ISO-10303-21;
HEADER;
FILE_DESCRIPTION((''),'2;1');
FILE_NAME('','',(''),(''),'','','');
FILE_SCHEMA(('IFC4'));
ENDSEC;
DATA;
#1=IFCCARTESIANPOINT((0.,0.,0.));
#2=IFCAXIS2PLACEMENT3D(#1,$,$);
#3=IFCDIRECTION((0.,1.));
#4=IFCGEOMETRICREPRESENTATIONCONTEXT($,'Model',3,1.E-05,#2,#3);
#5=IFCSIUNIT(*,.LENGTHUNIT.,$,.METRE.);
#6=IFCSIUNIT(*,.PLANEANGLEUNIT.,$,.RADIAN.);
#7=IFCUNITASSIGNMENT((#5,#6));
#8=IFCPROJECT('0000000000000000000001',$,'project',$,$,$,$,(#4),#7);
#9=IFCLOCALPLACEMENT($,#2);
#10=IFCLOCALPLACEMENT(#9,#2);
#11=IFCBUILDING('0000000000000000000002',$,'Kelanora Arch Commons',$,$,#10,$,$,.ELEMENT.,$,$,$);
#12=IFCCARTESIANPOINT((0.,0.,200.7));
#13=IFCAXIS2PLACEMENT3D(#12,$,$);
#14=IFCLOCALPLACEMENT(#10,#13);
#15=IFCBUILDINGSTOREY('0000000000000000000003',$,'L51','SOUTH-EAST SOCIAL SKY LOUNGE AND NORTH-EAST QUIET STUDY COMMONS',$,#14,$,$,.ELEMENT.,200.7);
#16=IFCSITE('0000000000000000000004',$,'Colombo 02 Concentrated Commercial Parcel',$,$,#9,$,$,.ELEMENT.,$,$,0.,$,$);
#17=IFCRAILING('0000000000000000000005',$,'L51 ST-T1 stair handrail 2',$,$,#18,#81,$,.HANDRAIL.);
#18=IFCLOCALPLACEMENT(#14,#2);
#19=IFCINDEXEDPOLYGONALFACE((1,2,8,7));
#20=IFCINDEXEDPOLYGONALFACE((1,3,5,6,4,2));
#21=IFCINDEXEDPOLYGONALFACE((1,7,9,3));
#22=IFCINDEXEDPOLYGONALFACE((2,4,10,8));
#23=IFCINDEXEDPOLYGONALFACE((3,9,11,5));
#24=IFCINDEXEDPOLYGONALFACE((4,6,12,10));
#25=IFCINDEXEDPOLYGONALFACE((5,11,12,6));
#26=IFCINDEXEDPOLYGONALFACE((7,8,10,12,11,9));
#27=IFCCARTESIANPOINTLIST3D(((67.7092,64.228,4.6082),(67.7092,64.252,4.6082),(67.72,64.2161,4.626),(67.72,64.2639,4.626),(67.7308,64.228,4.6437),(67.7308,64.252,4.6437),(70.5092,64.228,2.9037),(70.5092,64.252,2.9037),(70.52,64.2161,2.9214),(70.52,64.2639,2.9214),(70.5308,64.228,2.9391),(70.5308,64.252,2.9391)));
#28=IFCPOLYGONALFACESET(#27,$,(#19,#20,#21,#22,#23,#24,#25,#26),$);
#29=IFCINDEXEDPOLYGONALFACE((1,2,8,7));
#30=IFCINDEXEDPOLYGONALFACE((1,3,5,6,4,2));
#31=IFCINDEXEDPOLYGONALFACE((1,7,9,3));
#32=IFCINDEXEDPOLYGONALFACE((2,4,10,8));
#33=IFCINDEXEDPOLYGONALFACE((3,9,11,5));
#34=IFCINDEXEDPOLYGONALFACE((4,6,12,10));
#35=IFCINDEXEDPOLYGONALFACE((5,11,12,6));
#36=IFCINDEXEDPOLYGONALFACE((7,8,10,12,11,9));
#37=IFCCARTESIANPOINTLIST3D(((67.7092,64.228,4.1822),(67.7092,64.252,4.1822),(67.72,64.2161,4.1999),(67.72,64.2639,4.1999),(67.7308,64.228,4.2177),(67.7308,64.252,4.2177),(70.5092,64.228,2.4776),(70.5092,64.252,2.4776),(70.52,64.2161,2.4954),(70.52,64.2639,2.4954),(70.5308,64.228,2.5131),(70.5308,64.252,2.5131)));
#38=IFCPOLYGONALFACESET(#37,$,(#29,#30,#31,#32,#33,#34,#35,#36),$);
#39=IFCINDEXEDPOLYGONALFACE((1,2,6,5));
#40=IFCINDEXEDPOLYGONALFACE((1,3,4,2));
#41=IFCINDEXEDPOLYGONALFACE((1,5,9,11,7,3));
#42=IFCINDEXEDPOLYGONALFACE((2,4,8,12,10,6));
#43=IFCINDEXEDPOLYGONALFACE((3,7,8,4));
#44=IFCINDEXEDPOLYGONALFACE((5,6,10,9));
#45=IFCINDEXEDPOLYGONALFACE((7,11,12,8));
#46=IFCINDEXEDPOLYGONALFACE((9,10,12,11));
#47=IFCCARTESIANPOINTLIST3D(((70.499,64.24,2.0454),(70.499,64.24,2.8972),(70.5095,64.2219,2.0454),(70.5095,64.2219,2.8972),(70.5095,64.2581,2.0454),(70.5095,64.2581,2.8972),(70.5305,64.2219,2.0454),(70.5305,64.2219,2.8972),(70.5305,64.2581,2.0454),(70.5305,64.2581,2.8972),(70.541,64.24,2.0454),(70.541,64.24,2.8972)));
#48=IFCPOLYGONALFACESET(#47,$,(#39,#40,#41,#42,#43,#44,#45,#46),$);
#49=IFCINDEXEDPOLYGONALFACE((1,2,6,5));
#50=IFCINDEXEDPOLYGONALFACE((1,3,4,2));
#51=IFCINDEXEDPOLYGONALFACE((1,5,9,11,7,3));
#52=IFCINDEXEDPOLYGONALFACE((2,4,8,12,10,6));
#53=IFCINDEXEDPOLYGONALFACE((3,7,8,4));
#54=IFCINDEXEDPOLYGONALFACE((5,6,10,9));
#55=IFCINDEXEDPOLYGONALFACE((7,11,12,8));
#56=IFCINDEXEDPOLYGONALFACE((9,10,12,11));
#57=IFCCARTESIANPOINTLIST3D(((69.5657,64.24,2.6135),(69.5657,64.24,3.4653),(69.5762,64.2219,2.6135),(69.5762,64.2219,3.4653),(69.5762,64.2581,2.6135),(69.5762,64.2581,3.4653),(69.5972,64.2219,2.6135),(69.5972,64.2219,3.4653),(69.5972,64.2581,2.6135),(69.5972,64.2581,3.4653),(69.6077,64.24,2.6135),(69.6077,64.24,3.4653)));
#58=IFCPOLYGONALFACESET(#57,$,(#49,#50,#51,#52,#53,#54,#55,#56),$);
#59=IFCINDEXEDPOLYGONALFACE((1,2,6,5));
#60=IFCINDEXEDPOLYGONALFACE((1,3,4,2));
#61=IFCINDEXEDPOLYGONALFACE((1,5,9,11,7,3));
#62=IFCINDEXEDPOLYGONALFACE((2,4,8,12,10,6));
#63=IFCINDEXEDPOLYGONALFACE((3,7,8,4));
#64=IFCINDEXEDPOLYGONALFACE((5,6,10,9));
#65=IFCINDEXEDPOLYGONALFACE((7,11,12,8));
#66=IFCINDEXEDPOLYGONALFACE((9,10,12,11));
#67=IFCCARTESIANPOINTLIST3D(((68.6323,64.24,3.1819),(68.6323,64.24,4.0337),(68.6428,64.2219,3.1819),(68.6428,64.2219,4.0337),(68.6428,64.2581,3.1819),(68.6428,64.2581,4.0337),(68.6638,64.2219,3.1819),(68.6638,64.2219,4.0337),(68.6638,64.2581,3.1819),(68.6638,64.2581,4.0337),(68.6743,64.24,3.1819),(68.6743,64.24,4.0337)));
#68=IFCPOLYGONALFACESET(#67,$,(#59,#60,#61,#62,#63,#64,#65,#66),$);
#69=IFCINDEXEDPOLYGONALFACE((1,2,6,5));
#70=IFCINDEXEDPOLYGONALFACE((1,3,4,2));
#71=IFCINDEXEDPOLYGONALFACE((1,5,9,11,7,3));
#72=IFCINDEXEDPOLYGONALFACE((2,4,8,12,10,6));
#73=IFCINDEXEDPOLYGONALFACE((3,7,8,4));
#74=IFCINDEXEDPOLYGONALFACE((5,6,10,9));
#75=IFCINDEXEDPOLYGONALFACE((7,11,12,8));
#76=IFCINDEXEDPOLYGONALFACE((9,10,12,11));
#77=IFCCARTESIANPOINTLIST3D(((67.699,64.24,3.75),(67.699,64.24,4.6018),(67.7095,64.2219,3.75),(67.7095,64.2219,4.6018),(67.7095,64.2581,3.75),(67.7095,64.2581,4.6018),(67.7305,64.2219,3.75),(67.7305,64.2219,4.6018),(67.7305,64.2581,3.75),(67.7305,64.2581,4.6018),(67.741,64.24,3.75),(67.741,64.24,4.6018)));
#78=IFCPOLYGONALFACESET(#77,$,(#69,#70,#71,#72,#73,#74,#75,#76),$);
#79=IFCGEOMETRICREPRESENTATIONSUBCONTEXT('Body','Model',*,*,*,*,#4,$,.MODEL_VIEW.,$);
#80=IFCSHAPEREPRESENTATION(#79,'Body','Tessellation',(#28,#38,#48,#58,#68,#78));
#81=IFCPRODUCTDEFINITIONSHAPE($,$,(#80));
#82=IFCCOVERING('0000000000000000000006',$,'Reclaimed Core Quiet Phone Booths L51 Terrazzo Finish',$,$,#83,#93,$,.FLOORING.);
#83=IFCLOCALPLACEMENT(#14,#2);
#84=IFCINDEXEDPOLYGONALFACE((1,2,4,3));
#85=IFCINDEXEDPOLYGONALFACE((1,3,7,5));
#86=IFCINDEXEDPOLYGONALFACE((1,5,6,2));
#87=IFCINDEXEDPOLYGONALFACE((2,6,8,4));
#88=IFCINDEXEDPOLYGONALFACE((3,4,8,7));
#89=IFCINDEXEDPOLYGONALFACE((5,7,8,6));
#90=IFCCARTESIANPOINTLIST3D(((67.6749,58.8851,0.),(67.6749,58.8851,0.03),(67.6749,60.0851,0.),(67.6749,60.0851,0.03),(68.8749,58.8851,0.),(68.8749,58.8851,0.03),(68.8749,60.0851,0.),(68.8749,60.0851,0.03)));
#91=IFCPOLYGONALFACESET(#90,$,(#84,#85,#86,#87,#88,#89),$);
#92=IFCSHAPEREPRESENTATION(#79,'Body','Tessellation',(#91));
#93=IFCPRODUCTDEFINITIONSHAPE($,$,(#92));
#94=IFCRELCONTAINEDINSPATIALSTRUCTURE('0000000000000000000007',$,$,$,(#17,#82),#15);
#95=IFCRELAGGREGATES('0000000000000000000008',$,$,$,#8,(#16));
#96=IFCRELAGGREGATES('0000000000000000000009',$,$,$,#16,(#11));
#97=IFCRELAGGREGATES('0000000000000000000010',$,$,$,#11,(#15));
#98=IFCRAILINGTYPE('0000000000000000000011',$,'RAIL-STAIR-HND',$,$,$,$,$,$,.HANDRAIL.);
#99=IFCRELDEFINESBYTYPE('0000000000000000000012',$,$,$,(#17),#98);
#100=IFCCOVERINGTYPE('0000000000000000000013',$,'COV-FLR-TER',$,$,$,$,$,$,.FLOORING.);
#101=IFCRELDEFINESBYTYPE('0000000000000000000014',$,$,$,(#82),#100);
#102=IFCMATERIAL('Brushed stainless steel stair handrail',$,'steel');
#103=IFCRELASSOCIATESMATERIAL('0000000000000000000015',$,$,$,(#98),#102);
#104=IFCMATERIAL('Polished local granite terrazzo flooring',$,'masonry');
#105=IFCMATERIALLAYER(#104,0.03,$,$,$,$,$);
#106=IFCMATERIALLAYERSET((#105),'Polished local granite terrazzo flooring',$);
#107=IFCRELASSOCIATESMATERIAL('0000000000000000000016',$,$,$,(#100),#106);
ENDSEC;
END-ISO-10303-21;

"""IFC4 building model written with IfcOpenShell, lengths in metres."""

from ifc_helpers import new_model, si_unit, direction, frame, origin, origin_2d, place, context, subcontext, project, spatial, polyline, rectangle, outline, extrude, source, transform, mapped, material, layer, layer_set, type_object, element, save


model = new_model("IFC4")

# Units and contexts
model_context = context("Model", 3, precision=1e-05, world=origin(), true_north=direction((0.0, 1.0)))
body_context = subcontext(model_context, "Body", "Model", "MODEL_VIEW")
ifc_project = project(units=[si_unit("LENGTHUNIT", "METRE"), si_unit("PLANEANGLEUNIT", "RADIAN")], contexts=[model_context])

# Site, building, storey
site_placement = place(None, origin())
site = spatial("IfcSite", under=ifc_project, at=site_placement, Name="Colombo 02 Concentrated Commercial Parcel", CompositionType="ELEMENT", RefElevation=0.0)
building_placement = place(site_placement, origin())
building = spatial("IfcBuilding", under=site, at=building_placement, Name="Kelanora Arch Commons", CompositionType="ELEMENT")
storey_placement = place(building_placement, frame((0.0, 0.0, 200.7)))
storey = spatial("IfcBuildingStorey", under=building, at=storey_placement, Name="L51", Description="SOUTH-EAST SOCIAL SKY LOUNGE AND NORTH-EAST QUIET STUDY COMMONS", CompositionType="ELEMENT", Elevation=200.7)

# Railing
ifc_material_1 = material(Name="Brushed stainless steel stair handrail", Category="steel")
railing_type_1 = type_object("IfcRailingType", Name="RAIL-STAIR-HND", PredefinedType="HANDRAIL", material=ifc_material_1)
railing_1_placement = place(storey_placement, frame((70.52, 64.24, 2.0454)))
element("IfcRailing", 1, at=railing_1_placement, inside=storey, type_object=railing_type_1, Name="L51 ST-T1 stair handrail 2", PredefinedType="HANDRAIL", context=body_context, shape_type="SweptSolid", body=[
    extrude(outline(polyline([(0.0239, 0.0), (0.012, 0.0208), (-0.012, 0.0208), (-0.0239, 0.0), (-0.012, -0.0208), (0.012, -0.0208), (0.0239, 0.0)])), frame((0.0, 0.0, 0.876), z_axis=(-0.85417, 0.0, 0.519994), x_axis=(0.0, -1.0, 0.0)), (0.0, 0.0, 1.0), 3.2781),
    extrude(outline(polyline([(0.0239, 0.0), (0.012, 0.0208), (-0.012, 0.0208), (-0.0239, 0.0), (-0.012, -0.0208), (0.012, -0.0208), (0.0239, 0.0)])), frame((0.0, 0.0, 0.45), z_axis=(-0.85417, 0.0, 0.519994), x_axis=(0.0, -1.0, 0.0)), (0.0, 0.0, 1.0), 3.2781),
    extrude(outline(polyline([(0.021, 0.0), (0.0105, 0.0181), (-0.0105, 0.0181), (-0.021, 0.0), (-0.0105, -0.0181), (0.0105, -0.0181), (0.021, 0.0)])), origin(), (0.0, 0.0, 1.0), 0.8518),
    extrude(outline(polyline([(0.021, 0.0), (0.0105, 0.0181), (-0.0105, 0.0181), (-0.021, 0.0), (-0.0105, -0.0181), (0.0105, -0.0181), (0.021, 0.0)])), frame((-0.9333, 0.0, 0.5681)), (0.0, 0.0, 1.0), 0.8518),
    extrude(outline(polyline([(0.021, 0.0), (0.0105, 0.0181), (-0.0105, 0.0181), (-0.021, 0.0), (-0.0105, -0.0181), (0.0105, -0.0181), (0.021, 0.0)])), frame((-1.8667, 0.0, 1.1365)), (0.0, 0.0, 1.0), 0.8518),
    extrude(outline(polyline([(0.021, 0.0), (0.0105, 0.0181), (-0.0105, 0.0181), (-0.021, 0.0), (-0.0105, -0.0181), (0.0105, -0.0181), (0.021, 0.0)])), frame((-2.8, 0.0, 1.7046)), (0.0, 0.0, 1.0), 0.8518),
])

# Covering
ifc_material_2 = material(Name="Polished local granite terrazzo flooring", Category="masonry")
ifc_layer_1 = layer(ifc_material_2, 0.03)
ifc_layer_set_1 = layer_set([ifc_layer_1], Name="Polished local granite terrazzo flooring")
covering_type = type_object("IfcCoveringType", Name="COV-FLR-TER", PredefinedType="FLOORING", material=ifc_layer_set_1)
shared_shape = source(origin(), body_context, "Body", "SweptSolid", [
    extrude(rectangle(XDim=1.2, YDim=1.2, at=origin_2d()), origin(), (0.0, 0.0, 1.0), 0.03),
])
covering_placement = place(storey_placement, frame((68.2749, 59.4851, 0.0), z_axis=(0.0, 0.0, 1.0), x_axis=(1.0, 0.0, 0.0)))
element("IfcCovering", 2, at=covering_placement, inside=storey, type_object=covering_type, Name="Reclaimed Core Quiet Phone Booths L51 Terrazzo Finish", PredefinedType="FLOORING", context=body_context, shape_type="MappedRepresentation", body=[
    mapped(shared_shape, transform((0.0, 0.0, 0.0), scale=1.0)),
])

save(model, "model.ifc")
